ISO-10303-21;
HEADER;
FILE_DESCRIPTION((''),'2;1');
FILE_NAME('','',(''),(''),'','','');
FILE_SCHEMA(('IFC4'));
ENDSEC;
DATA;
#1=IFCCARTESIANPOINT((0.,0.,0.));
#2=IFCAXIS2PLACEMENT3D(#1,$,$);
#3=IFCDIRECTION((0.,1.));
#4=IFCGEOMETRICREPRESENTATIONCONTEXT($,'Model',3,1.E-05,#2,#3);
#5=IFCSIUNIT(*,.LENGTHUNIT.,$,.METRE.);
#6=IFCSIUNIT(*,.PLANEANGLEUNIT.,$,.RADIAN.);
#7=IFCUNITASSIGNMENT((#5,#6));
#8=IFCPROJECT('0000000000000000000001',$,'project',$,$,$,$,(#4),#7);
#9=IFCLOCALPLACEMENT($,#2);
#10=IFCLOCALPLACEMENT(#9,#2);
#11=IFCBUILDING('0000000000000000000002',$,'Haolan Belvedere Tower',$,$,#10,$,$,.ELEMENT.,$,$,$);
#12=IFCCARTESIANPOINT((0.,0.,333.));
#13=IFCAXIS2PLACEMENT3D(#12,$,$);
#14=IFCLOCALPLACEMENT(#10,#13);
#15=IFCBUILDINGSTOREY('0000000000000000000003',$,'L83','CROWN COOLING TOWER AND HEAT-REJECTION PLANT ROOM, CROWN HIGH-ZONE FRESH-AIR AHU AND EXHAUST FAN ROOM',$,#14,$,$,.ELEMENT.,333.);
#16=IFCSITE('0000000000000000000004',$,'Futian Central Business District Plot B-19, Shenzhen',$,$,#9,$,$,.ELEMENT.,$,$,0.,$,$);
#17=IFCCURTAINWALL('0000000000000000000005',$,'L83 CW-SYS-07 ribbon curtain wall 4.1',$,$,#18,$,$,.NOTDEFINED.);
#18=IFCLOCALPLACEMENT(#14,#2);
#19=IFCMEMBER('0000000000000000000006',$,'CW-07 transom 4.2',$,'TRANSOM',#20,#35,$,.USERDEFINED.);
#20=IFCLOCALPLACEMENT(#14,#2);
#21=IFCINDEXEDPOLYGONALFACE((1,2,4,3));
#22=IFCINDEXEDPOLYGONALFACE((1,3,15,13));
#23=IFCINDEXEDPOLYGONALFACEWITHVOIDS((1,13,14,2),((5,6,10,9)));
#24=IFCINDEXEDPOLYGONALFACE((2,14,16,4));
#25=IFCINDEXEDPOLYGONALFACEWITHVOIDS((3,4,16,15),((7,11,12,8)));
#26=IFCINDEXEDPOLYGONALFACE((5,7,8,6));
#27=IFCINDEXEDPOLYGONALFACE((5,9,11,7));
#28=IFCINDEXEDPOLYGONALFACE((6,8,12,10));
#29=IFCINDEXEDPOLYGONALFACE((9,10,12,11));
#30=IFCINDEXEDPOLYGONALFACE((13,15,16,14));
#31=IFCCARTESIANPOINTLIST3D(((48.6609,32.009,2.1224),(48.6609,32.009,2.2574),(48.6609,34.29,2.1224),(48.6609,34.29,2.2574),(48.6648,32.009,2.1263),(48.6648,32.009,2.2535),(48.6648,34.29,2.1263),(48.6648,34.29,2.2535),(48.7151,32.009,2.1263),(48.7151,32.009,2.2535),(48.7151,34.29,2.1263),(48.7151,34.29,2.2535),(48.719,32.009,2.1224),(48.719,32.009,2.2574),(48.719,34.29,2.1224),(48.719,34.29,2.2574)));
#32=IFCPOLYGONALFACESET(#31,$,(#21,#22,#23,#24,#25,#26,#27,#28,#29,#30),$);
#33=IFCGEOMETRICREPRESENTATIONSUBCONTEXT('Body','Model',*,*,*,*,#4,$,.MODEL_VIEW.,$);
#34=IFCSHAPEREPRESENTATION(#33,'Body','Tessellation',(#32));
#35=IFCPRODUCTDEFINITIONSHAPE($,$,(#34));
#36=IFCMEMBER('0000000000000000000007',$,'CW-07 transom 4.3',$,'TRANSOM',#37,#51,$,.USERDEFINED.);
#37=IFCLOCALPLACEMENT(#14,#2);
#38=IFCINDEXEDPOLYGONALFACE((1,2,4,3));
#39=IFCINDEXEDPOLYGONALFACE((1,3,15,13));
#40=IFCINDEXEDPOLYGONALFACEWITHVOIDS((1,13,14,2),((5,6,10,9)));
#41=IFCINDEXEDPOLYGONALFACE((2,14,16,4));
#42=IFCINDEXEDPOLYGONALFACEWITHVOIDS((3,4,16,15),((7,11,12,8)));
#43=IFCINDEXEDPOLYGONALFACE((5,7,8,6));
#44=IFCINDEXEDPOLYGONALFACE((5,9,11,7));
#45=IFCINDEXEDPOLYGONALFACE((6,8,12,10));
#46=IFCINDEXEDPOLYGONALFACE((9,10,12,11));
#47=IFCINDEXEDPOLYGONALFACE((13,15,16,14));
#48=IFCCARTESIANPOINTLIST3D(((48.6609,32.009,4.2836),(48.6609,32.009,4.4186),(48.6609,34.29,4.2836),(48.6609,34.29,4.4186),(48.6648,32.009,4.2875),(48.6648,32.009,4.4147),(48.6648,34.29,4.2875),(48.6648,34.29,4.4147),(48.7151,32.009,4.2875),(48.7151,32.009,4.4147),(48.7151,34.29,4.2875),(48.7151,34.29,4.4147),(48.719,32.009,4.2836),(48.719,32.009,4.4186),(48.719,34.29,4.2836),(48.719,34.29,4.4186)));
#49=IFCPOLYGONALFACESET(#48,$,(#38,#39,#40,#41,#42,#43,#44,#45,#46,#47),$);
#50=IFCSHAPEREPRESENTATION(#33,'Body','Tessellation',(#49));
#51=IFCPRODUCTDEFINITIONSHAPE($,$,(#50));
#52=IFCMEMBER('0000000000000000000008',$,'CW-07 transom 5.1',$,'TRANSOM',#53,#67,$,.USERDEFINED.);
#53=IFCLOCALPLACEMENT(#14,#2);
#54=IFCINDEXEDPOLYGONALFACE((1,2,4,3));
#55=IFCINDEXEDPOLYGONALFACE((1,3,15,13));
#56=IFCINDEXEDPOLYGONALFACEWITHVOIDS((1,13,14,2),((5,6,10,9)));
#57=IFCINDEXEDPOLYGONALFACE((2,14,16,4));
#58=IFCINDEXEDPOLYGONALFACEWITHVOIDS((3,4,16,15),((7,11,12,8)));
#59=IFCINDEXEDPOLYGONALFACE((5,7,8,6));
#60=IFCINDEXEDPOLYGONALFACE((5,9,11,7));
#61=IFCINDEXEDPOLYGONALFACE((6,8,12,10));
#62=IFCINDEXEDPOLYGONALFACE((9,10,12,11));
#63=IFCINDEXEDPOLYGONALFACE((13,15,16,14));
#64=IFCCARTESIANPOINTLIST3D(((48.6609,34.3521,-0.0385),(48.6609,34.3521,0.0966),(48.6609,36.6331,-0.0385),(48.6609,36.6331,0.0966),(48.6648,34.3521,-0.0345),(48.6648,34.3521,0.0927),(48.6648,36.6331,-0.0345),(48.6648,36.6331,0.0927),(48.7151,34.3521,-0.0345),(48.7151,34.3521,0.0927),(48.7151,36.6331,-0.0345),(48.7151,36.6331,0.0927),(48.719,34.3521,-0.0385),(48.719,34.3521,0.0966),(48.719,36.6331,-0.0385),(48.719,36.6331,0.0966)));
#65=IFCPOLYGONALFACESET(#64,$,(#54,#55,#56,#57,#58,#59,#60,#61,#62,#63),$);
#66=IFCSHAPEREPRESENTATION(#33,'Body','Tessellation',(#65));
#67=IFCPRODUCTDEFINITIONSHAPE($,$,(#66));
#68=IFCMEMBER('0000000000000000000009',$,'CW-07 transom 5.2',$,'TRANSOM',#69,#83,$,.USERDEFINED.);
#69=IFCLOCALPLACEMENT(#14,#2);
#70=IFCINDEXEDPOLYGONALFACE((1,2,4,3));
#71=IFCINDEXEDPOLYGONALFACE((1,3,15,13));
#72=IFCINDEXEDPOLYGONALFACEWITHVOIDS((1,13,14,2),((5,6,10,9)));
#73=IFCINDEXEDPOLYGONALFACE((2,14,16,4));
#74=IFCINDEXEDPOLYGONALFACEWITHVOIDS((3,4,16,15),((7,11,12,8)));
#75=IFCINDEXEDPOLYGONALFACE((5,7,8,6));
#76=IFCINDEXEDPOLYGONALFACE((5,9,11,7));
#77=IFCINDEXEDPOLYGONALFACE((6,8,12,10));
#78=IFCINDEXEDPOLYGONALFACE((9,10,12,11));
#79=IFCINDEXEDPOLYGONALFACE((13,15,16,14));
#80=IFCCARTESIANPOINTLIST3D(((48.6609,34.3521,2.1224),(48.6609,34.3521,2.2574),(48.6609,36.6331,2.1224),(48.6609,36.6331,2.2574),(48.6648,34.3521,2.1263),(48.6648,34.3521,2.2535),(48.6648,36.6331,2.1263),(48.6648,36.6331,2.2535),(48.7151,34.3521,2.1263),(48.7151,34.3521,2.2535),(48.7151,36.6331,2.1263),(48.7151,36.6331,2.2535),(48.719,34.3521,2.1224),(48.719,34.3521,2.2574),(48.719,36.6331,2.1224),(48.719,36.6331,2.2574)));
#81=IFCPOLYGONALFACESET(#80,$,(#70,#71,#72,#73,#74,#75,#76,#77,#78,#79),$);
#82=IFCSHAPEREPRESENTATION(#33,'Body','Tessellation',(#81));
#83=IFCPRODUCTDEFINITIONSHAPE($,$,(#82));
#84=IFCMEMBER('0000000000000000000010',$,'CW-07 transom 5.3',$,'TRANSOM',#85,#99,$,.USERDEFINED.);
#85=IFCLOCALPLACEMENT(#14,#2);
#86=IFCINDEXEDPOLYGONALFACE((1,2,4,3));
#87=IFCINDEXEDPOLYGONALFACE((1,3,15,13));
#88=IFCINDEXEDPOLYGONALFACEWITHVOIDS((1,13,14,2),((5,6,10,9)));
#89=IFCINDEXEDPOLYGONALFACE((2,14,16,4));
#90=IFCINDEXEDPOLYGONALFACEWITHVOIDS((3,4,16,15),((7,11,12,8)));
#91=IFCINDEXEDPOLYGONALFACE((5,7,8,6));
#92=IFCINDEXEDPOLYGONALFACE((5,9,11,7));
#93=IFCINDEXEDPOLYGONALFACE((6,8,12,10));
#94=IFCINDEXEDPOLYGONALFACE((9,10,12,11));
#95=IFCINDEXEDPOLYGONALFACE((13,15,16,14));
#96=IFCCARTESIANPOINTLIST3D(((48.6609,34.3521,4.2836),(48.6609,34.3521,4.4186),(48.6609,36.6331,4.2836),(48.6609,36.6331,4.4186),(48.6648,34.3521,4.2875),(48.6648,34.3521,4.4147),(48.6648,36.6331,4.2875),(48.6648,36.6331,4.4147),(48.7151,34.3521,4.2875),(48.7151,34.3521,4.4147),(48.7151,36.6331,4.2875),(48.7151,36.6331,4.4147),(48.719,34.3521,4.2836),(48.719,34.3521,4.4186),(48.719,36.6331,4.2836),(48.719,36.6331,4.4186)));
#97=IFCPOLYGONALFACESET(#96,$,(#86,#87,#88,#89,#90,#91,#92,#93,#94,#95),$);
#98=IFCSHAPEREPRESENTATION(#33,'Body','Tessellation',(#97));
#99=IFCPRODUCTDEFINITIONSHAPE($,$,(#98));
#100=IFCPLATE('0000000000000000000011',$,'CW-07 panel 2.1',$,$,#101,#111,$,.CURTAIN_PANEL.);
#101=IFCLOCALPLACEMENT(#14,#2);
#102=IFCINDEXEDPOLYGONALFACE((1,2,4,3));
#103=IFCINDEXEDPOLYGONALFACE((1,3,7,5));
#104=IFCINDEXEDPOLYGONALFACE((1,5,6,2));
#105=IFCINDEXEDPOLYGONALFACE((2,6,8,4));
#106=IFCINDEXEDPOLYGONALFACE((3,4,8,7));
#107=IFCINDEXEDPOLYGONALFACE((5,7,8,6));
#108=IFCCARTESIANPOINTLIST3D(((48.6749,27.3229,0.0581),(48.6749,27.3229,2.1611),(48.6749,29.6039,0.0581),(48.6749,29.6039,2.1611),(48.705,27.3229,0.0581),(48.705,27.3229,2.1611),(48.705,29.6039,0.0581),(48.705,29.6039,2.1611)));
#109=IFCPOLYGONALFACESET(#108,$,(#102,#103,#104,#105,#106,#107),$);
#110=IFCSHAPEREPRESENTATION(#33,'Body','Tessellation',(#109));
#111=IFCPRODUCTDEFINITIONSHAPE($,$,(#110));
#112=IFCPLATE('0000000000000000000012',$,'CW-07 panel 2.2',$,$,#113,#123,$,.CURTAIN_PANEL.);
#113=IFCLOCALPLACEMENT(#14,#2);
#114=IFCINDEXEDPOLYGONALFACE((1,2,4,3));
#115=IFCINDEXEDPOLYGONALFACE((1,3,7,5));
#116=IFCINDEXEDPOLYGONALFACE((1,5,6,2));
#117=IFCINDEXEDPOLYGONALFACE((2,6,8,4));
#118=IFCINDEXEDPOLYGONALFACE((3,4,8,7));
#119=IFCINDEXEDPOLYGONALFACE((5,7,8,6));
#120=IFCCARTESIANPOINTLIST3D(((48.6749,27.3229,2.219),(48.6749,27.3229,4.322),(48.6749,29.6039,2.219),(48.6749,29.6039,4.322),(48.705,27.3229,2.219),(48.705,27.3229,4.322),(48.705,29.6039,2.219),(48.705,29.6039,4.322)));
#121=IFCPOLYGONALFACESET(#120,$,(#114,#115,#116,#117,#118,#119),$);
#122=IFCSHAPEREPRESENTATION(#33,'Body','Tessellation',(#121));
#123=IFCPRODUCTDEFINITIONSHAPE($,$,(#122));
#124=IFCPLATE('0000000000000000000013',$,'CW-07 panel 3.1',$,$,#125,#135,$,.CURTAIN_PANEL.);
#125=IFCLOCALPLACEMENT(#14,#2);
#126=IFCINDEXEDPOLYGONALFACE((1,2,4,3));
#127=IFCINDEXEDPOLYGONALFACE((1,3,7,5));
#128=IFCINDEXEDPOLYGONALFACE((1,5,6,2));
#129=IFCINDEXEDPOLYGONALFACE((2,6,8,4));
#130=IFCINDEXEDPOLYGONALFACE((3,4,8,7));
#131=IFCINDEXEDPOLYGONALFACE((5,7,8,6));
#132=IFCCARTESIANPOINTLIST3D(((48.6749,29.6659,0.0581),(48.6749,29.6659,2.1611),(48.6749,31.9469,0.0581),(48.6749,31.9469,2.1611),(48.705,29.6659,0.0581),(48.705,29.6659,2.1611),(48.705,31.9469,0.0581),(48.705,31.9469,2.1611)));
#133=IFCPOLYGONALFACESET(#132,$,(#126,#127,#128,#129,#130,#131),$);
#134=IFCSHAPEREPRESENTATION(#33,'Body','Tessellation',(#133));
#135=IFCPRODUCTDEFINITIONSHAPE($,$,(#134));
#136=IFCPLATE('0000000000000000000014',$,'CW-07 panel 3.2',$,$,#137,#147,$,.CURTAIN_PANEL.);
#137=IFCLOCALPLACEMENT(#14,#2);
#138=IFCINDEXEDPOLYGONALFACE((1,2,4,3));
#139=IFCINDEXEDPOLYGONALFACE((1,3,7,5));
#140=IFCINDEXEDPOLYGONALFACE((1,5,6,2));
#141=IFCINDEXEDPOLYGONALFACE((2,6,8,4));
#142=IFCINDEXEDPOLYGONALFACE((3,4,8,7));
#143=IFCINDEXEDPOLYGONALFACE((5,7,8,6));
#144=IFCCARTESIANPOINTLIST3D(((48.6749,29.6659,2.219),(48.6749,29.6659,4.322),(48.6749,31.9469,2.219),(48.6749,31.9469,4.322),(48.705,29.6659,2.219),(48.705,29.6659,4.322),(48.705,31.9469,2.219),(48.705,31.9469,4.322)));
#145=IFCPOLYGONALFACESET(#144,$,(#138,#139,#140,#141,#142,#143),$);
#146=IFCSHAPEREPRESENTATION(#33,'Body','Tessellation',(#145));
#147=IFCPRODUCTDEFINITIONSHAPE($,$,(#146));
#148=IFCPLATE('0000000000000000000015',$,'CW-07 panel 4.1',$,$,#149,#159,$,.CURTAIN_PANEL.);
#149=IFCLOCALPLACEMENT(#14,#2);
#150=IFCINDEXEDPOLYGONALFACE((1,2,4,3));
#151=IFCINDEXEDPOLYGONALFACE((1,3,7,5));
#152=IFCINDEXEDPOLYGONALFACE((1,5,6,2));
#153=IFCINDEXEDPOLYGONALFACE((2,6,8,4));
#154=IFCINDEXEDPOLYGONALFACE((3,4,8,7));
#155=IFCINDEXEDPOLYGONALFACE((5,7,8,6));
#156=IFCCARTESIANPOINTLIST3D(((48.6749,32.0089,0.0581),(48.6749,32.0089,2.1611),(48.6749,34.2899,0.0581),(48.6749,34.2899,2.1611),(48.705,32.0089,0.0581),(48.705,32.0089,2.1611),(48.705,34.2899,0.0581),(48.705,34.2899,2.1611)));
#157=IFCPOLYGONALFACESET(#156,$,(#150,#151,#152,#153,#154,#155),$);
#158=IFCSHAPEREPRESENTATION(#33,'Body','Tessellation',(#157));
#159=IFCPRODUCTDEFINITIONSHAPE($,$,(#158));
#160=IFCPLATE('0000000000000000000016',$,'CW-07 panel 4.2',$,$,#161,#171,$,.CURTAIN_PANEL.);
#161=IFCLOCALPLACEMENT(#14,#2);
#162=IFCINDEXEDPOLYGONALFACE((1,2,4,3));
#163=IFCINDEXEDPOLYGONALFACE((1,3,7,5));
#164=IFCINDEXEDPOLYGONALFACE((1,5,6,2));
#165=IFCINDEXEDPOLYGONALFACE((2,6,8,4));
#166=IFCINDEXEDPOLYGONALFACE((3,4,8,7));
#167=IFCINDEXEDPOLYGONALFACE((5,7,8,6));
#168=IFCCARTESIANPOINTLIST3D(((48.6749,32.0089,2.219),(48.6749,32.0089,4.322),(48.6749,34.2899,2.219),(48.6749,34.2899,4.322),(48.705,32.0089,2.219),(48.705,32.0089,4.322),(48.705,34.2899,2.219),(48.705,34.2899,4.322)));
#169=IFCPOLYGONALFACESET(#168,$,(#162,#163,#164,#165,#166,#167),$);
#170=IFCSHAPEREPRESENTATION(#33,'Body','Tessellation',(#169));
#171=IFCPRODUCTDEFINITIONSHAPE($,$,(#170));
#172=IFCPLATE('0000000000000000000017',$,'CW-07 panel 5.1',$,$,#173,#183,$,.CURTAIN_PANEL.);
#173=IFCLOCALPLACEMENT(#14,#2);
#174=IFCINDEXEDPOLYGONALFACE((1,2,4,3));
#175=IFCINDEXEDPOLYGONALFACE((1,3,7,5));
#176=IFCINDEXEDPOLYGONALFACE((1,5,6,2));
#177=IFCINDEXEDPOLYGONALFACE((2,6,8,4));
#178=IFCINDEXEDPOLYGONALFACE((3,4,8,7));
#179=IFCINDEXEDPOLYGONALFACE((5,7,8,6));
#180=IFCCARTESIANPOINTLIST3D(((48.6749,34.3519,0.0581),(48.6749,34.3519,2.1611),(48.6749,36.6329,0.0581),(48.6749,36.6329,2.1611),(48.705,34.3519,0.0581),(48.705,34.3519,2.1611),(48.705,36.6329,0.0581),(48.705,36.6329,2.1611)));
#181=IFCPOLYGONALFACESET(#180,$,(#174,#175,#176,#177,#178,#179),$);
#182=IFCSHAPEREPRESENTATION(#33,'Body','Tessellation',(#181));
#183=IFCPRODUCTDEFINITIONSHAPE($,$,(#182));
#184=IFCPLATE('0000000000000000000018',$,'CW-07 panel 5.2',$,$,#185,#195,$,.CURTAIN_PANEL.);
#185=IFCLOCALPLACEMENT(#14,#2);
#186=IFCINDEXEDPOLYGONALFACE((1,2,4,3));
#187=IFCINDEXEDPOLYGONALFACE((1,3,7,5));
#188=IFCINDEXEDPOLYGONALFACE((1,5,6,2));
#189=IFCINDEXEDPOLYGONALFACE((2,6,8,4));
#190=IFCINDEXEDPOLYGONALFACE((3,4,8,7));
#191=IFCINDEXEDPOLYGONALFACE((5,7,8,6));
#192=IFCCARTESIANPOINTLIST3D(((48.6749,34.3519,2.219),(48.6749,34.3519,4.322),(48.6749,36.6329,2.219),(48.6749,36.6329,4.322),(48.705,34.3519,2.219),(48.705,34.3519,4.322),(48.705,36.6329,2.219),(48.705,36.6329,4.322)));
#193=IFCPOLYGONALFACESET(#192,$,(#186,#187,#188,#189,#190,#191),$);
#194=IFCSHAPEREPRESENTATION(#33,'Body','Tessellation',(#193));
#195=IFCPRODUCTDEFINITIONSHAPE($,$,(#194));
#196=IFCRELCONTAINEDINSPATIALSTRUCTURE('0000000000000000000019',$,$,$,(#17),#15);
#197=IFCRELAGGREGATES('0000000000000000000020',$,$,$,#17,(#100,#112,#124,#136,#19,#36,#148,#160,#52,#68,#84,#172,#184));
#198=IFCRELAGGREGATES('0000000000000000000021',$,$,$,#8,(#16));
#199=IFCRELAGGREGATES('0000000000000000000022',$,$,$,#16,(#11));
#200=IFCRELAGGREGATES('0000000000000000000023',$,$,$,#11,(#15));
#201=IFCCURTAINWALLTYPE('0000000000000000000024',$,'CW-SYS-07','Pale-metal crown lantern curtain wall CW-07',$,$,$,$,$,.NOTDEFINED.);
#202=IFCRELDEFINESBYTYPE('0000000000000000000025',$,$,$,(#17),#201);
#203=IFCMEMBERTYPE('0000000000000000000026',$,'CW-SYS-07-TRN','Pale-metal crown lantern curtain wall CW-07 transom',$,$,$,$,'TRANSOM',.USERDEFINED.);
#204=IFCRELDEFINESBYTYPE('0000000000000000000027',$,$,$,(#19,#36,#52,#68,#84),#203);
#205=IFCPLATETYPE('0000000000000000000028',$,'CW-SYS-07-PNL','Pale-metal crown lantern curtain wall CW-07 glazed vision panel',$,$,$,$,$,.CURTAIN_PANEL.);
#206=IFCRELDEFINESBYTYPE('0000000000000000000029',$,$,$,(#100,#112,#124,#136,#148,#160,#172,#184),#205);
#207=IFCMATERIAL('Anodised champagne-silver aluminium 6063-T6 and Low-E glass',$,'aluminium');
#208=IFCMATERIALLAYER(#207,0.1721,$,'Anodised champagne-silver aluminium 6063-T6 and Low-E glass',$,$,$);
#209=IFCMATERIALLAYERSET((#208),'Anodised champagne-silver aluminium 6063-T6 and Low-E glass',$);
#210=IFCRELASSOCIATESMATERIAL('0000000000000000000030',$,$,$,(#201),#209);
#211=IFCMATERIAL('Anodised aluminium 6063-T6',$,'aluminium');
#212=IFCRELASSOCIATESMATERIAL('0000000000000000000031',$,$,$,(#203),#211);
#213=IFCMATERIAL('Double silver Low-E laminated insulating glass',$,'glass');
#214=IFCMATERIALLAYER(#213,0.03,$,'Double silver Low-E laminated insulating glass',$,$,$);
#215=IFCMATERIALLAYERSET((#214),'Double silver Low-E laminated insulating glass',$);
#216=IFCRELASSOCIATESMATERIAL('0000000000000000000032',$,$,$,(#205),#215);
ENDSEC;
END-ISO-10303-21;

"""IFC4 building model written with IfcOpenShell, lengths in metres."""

from ifc_helpers import new_model, si_unit, direction, frame, origin, origin_2d, place, context, subcontext, project, spatial, rectangle, hollow_rectangle, extrude, material, layer, layer_set, material_profile, profile_set, type_object, element, aggregate, save


model = new_model("IFC4")

# Units and contexts
model_context = context("Model", 3, precision=1e-05, world=origin(), true_north=direction((0.0, 1.0)))
body_context = subcontext(model_context, "Body", "Model", "MODEL_VIEW")
ifc_project = project(units=[si_unit("LENGTHUNIT", "METRE"), si_unit("PLANEANGLEUNIT", "RADIAN")], contexts=[model_context])

# Site, building, storey
site_placement = place(None, origin())
site = spatial("IfcSite", under=ifc_project, at=site_placement, Name="Futian Central Business District Plot B-19, Shenzhen", CompositionType="ELEMENT", RefElevation=0.0)
building_placement = place(site_placement, origin())
building = spatial("IfcBuilding", under=site, at=building_placement, Name="Haolan Belvedere Tower", CompositionType="ELEMENT")
storey_placement = place(building_placement, frame((0.0, 0.0, 333.0)))
storey = spatial("IfcBuildingStorey", under=building, at=storey_placement, Name="L83", Description="CROWN COOLING TOWER AND HEAT-REJECTION PLANT ROOM, CROWN HIGH-ZONE FRESH-AIR AHU AND EXHAUST FAN ROOM", CompositionType="ELEMENT", Elevation=333.0)

# Curtain wall, members, plates
ifc_material_1 = material(Name="Anodised champagne-silver aluminium 6063-T6 and Low-E glass", Category="aluminium")
ifc_layer_1 = layer(ifc_material_1, 0.1721, Name="Anodised champagne-silver aluminium 6063-T6 and Low-E glass")
ifc_layer_set_1 = layer_set([ifc_layer_1], Name="Anodised champagne-silver aluminium 6063-T6 and Low-E glass")
curtain_wall_type = type_object("IfcCurtainWallType", Name="CW-SYS-07", Description="Pale-metal crown lantern curtain wall CW-07", PredefinedType="NOTDEFINED", material=ifc_layer_set_1)
curtain_wall_placement = place(storey_placement, origin())
curtain_wall = element("IfcCurtainWall", 1, at=curtain_wall_placement, inside=storey, type_object=curtain_wall_type, Name="L83 CW-SYS-07 ribbon curtain wall 4.1", PredefinedType="NOTDEFINED")
ifc_material_2 = material(Name="Anodised aluminium 6063-T6", Category="aluminium")
ifc_material_profile_1 = material_profile(ifc_material_2, hollow_rectangle(XDim=0.0581, YDim=0.135, WallThickness=0.0039, at=origin_2d()), Name="Anodised aluminium 6063-T6")
ifc_profile_set_1 = profile_set([ifc_material_profile_1], Name="Anodised aluminium 6063-T6")
member_type_1 = type_object("IfcMemberType", Name="CW-SYS-07-TRN", Description="Pale-metal crown lantern curtain wall CW-07 transom", ElementType="TRANSOM", PredefinedType="USERDEFINED", material=ifc_profile_set_1)
member_1_placement = place(storey_placement, frame((48.6899, 32.009, 2.1899), z_axis=(0.0, 1.0, 0.0), x_axis=(-1.0, 0.0, 0.0)))
member_1 = element("IfcMember", 2, at=member_1_placement, type_object=member_type_1, Name="CW-07 transom 4.2", ObjectType="TRANSOM", PredefinedType="USERDEFINED", context=body_context, shape_type="SweptSolid", body=[
    extrude(hollow_rectangle(XDim=0.0581, YDim=0.135, WallThickness=0.0039, at=origin_2d()), origin(), (0.0, 0.0, 1.0), 2.281),
])
member_2_placement = place(storey_placement, frame((48.6899, 32.009, 4.3511), z_axis=(0.0, 1.0, 0.0), x_axis=(-1.0, 0.0, 0.0)))
member_2 = element("IfcMember", 3, at=member_2_placement, type_object=member_type_1, Name="CW-07 transom 4.3", ObjectType="TRANSOM", PredefinedType="USERDEFINED", context=body_context, shape_type="SweptSolid", body=[
    extrude(hollow_rectangle(XDim=0.0581, YDim=0.135, WallThickness=0.0039, at=origin_2d()), origin(), (0.0, 0.0, 1.0), 2.281),
])
member_3_placement = place(storey_placement, frame((48.6899, 34.3521, 0.0291), z_axis=(0.0, 1.0, 0.0), x_axis=(-1.0, 0.0, 0.0)))
member_3 = element("IfcMember", 4, at=member_3_placement, type_object=member_type_1, Name="CW-07 transom 5.1", ObjectType="TRANSOM", PredefinedType="USERDEFINED", context=body_context, shape_type="SweptSolid", body=[
    extrude(hollow_rectangle(XDim=0.0581, YDim=0.135, WallThickness=0.0039, at=origin_2d()), origin(), (0.0, 0.0, 1.0), 2.281),
])
member_4_placement = place(storey_placement, frame((48.6899, 34.3521, 2.1899), z_axis=(0.0, 1.0, 0.0), x_axis=(-1.0, 0.0, 0.0)))
member_4 = element("IfcMember", 5, at=member_4_placement, type_object=member_type_1, Name="CW-07 transom 5.2", ObjectType="TRANSOM", PredefinedType="USERDEFINED", context=body_context, shape_type="SweptSolid", body=[
    extrude(hollow_rectangle(XDim=0.0581, YDim=0.135, WallThickness=0.0039, at=origin_2d()), origin(), (0.0, 0.0, 1.0), 2.281),
])
member_5_placement = place(storey_placement, frame((48.6899, 34.3521, 4.3511), z_axis=(0.0, 1.0, 0.0), x_axis=(-1.0, 0.0, 0.0)))
member_5 = element("IfcMember", 6, at=member_5_placement, type_object=member_type_1, Name="CW-07 transom 5.3", ObjectType="TRANSOM", PredefinedType="USERDEFINED", context=body_context, shape_type="SweptSolid", body=[
    extrude(hollow_rectangle(XDim=0.0581, YDim=0.135, WallThickness=0.0039, at=origin_2d()), origin(), (0.0, 0.0, 1.0), 2.281),
])
ifc_material_3 = material(Name="Double silver Low-E laminated insulating glass", Category="glass")
ifc_layer_2 = layer(ifc_material_3, 0.03, Name="Double silver Low-E laminated insulating glass")
ifc_layer_set_2 = layer_set([ifc_layer_2], Name="Double silver Low-E laminated insulating glass")
plate_type_1 = type_object("IfcPlateType", Name="CW-SYS-07-PNL", Description="Pale-metal crown lantern curtain wall CW-07 glazed vision panel", PredefinedType="CURTAIN_PANEL", material=ifc_layer_set_2)
plate_1_placement = place(storey_placement, frame((48.6899, 28.4634, 0.0581), z_axis=(0.0, 0.0, 1.0), x_axis=(0.0, 1.0, 0.0)))
plate_1 = element("IfcPlate", 7, at=plate_1_placement, type_object=plate_type_1, Name="CW-07 panel 2.1", PredefinedType="CURTAIN_PANEL", context=body_context, shape_type="SweptSolid", body=[
    extrude(rectangle(XDim=2.281, YDim=0.03, at=origin_2d()), origin(), (0.0, 0.0, 1.0), 2.103),
])
plate_2_placement = place(storey_placement, frame((48.6899, 28.4634, 2.219), z_axis=(0.0, 0.0, 1.0), x_axis=(0.0, 1.0, 0.0)))
plate_2 = element("IfcPlate", 8, at=plate_2_placement, type_object=plate_type_1, Name="CW-07 panel 2.2", PredefinedType="CURTAIN_PANEL", context=body_context, shape_type="SweptSolid", body=[
    extrude(rectangle(XDim=2.281, YDim=0.03, at=origin_2d()), origin(), (0.0, 0.0, 1.0), 2.103),
])
plate_3_placement = place(storey_placement, frame((48.6899, 30.8064, 0.0581), z_axis=(0.0, 0.0, 1.0), x_axis=(0.0, 1.0, 0.0)))
plate_3 = element("IfcPlate", 9, at=plate_3_placement, type_object=plate_type_1, Name="CW-07 panel 3.1", PredefinedType="CURTAIN_PANEL", context=body_context, shape_type="SweptSolid", body=[
    extrude(rectangle(XDim=2.281, YDim=0.03, at=origin_2d()), origin(), (0.0, 0.0, 1.0), 2.103),
])
plate_4_placement = place(storey_placement, frame((48.6899, 30.8064, 2.219), z_axis=(0.0, 0.0, 1.0), x_axis=(0.0, 1.0, 0.0)))
plate_4 = element("IfcPlate", 10, at=plate_4_placement, type_object=plate_type_1, Name="CW-07 panel 3.2", PredefinedType="CURTAIN_PANEL", context=body_context, shape_type="SweptSolid", body=[
    extrude(rectangle(XDim=2.281, YDim=0.03, at=origin_2d()), origin(), (0.0, 0.0, 1.0), 2.103),
])
plate_5_placement = place(storey_placement, frame((48.6899, 33.1494, 0.0581), z_axis=(0.0, 0.0, 1.0), x_axis=(0.0, 1.0, 0.0)))
plate_5 = element("IfcPlate", 11, at=plate_5_placement, type_object=plate_type_1, Name="CW-07 panel 4.1", PredefinedType="CURTAIN_PANEL", context=body_context, shape_type="SweptSolid", body=[
    extrude(rectangle(XDim=2.281, YDim=0.03, at=origin_2d()), origin(), (0.0, 0.0, 1.0), 2.103),
])
plate_6_placement = place(storey_placement, frame((48.6899, 33.1494, 2.219), z_axis=(0.0, 0.0, 1.0), x_axis=(0.0, 1.0, 0.0)))
plate_6 = element("IfcPlate", 12, at=plate_6_placement, type_object=plate_type_1, Name="CW-07 panel 4.2", PredefinedType="CURTAIN_PANEL", context=body_context, shape_type="SweptSolid", body=[
    extrude(rectangle(XDim=2.281, YDim=0.03, at=origin_2d()), origin(), (0.0, 0.0, 1.0), 2.103),
])
plate_7_placement = place(storey_placement, frame((48.6899, 35.4924, 0.0581), z_axis=(0.0, 0.0, 1.0), x_axis=(0.0, 1.0, 0.0)))
plate_7 = element("IfcPlate", 13, at=plate_7_placement, type_object=plate_type_1, Name="CW-07 panel 5.1", PredefinedType="CURTAIN_PANEL", context=body_context, shape_type="SweptSolid", body=[
    extrude(rectangle(XDim=2.281, YDim=0.03, at=origin_2d()), origin(), (0.0, 0.0, 1.0), 2.103),
])
plate_8_placement = place(storey_placement, frame((48.6899, 35.4924, 2.219), z_axis=(0.0, 0.0, 1.0), x_axis=(0.0, 1.0, 0.0)))
plate_8 = element("IfcPlate", 14, at=plate_8_placement, type_object=plate_type_1, Name="CW-07 panel 5.2", PredefinedType="CURTAIN_PANEL", context=body_context, shape_type="SweptSolid", body=[
    extrude(rectangle(XDim=2.281, YDim=0.03, at=origin_2d()), origin(), (0.0, 0.0, 1.0), 2.103),
])
aggregate(curtain_wall, [plate_1, plate_2, plate_3, plate_4, member_1, member_2, plate_5, plate_6, member_3, member_4, member_5, plate_7, plate_8])

save(model, "model.ifc")
